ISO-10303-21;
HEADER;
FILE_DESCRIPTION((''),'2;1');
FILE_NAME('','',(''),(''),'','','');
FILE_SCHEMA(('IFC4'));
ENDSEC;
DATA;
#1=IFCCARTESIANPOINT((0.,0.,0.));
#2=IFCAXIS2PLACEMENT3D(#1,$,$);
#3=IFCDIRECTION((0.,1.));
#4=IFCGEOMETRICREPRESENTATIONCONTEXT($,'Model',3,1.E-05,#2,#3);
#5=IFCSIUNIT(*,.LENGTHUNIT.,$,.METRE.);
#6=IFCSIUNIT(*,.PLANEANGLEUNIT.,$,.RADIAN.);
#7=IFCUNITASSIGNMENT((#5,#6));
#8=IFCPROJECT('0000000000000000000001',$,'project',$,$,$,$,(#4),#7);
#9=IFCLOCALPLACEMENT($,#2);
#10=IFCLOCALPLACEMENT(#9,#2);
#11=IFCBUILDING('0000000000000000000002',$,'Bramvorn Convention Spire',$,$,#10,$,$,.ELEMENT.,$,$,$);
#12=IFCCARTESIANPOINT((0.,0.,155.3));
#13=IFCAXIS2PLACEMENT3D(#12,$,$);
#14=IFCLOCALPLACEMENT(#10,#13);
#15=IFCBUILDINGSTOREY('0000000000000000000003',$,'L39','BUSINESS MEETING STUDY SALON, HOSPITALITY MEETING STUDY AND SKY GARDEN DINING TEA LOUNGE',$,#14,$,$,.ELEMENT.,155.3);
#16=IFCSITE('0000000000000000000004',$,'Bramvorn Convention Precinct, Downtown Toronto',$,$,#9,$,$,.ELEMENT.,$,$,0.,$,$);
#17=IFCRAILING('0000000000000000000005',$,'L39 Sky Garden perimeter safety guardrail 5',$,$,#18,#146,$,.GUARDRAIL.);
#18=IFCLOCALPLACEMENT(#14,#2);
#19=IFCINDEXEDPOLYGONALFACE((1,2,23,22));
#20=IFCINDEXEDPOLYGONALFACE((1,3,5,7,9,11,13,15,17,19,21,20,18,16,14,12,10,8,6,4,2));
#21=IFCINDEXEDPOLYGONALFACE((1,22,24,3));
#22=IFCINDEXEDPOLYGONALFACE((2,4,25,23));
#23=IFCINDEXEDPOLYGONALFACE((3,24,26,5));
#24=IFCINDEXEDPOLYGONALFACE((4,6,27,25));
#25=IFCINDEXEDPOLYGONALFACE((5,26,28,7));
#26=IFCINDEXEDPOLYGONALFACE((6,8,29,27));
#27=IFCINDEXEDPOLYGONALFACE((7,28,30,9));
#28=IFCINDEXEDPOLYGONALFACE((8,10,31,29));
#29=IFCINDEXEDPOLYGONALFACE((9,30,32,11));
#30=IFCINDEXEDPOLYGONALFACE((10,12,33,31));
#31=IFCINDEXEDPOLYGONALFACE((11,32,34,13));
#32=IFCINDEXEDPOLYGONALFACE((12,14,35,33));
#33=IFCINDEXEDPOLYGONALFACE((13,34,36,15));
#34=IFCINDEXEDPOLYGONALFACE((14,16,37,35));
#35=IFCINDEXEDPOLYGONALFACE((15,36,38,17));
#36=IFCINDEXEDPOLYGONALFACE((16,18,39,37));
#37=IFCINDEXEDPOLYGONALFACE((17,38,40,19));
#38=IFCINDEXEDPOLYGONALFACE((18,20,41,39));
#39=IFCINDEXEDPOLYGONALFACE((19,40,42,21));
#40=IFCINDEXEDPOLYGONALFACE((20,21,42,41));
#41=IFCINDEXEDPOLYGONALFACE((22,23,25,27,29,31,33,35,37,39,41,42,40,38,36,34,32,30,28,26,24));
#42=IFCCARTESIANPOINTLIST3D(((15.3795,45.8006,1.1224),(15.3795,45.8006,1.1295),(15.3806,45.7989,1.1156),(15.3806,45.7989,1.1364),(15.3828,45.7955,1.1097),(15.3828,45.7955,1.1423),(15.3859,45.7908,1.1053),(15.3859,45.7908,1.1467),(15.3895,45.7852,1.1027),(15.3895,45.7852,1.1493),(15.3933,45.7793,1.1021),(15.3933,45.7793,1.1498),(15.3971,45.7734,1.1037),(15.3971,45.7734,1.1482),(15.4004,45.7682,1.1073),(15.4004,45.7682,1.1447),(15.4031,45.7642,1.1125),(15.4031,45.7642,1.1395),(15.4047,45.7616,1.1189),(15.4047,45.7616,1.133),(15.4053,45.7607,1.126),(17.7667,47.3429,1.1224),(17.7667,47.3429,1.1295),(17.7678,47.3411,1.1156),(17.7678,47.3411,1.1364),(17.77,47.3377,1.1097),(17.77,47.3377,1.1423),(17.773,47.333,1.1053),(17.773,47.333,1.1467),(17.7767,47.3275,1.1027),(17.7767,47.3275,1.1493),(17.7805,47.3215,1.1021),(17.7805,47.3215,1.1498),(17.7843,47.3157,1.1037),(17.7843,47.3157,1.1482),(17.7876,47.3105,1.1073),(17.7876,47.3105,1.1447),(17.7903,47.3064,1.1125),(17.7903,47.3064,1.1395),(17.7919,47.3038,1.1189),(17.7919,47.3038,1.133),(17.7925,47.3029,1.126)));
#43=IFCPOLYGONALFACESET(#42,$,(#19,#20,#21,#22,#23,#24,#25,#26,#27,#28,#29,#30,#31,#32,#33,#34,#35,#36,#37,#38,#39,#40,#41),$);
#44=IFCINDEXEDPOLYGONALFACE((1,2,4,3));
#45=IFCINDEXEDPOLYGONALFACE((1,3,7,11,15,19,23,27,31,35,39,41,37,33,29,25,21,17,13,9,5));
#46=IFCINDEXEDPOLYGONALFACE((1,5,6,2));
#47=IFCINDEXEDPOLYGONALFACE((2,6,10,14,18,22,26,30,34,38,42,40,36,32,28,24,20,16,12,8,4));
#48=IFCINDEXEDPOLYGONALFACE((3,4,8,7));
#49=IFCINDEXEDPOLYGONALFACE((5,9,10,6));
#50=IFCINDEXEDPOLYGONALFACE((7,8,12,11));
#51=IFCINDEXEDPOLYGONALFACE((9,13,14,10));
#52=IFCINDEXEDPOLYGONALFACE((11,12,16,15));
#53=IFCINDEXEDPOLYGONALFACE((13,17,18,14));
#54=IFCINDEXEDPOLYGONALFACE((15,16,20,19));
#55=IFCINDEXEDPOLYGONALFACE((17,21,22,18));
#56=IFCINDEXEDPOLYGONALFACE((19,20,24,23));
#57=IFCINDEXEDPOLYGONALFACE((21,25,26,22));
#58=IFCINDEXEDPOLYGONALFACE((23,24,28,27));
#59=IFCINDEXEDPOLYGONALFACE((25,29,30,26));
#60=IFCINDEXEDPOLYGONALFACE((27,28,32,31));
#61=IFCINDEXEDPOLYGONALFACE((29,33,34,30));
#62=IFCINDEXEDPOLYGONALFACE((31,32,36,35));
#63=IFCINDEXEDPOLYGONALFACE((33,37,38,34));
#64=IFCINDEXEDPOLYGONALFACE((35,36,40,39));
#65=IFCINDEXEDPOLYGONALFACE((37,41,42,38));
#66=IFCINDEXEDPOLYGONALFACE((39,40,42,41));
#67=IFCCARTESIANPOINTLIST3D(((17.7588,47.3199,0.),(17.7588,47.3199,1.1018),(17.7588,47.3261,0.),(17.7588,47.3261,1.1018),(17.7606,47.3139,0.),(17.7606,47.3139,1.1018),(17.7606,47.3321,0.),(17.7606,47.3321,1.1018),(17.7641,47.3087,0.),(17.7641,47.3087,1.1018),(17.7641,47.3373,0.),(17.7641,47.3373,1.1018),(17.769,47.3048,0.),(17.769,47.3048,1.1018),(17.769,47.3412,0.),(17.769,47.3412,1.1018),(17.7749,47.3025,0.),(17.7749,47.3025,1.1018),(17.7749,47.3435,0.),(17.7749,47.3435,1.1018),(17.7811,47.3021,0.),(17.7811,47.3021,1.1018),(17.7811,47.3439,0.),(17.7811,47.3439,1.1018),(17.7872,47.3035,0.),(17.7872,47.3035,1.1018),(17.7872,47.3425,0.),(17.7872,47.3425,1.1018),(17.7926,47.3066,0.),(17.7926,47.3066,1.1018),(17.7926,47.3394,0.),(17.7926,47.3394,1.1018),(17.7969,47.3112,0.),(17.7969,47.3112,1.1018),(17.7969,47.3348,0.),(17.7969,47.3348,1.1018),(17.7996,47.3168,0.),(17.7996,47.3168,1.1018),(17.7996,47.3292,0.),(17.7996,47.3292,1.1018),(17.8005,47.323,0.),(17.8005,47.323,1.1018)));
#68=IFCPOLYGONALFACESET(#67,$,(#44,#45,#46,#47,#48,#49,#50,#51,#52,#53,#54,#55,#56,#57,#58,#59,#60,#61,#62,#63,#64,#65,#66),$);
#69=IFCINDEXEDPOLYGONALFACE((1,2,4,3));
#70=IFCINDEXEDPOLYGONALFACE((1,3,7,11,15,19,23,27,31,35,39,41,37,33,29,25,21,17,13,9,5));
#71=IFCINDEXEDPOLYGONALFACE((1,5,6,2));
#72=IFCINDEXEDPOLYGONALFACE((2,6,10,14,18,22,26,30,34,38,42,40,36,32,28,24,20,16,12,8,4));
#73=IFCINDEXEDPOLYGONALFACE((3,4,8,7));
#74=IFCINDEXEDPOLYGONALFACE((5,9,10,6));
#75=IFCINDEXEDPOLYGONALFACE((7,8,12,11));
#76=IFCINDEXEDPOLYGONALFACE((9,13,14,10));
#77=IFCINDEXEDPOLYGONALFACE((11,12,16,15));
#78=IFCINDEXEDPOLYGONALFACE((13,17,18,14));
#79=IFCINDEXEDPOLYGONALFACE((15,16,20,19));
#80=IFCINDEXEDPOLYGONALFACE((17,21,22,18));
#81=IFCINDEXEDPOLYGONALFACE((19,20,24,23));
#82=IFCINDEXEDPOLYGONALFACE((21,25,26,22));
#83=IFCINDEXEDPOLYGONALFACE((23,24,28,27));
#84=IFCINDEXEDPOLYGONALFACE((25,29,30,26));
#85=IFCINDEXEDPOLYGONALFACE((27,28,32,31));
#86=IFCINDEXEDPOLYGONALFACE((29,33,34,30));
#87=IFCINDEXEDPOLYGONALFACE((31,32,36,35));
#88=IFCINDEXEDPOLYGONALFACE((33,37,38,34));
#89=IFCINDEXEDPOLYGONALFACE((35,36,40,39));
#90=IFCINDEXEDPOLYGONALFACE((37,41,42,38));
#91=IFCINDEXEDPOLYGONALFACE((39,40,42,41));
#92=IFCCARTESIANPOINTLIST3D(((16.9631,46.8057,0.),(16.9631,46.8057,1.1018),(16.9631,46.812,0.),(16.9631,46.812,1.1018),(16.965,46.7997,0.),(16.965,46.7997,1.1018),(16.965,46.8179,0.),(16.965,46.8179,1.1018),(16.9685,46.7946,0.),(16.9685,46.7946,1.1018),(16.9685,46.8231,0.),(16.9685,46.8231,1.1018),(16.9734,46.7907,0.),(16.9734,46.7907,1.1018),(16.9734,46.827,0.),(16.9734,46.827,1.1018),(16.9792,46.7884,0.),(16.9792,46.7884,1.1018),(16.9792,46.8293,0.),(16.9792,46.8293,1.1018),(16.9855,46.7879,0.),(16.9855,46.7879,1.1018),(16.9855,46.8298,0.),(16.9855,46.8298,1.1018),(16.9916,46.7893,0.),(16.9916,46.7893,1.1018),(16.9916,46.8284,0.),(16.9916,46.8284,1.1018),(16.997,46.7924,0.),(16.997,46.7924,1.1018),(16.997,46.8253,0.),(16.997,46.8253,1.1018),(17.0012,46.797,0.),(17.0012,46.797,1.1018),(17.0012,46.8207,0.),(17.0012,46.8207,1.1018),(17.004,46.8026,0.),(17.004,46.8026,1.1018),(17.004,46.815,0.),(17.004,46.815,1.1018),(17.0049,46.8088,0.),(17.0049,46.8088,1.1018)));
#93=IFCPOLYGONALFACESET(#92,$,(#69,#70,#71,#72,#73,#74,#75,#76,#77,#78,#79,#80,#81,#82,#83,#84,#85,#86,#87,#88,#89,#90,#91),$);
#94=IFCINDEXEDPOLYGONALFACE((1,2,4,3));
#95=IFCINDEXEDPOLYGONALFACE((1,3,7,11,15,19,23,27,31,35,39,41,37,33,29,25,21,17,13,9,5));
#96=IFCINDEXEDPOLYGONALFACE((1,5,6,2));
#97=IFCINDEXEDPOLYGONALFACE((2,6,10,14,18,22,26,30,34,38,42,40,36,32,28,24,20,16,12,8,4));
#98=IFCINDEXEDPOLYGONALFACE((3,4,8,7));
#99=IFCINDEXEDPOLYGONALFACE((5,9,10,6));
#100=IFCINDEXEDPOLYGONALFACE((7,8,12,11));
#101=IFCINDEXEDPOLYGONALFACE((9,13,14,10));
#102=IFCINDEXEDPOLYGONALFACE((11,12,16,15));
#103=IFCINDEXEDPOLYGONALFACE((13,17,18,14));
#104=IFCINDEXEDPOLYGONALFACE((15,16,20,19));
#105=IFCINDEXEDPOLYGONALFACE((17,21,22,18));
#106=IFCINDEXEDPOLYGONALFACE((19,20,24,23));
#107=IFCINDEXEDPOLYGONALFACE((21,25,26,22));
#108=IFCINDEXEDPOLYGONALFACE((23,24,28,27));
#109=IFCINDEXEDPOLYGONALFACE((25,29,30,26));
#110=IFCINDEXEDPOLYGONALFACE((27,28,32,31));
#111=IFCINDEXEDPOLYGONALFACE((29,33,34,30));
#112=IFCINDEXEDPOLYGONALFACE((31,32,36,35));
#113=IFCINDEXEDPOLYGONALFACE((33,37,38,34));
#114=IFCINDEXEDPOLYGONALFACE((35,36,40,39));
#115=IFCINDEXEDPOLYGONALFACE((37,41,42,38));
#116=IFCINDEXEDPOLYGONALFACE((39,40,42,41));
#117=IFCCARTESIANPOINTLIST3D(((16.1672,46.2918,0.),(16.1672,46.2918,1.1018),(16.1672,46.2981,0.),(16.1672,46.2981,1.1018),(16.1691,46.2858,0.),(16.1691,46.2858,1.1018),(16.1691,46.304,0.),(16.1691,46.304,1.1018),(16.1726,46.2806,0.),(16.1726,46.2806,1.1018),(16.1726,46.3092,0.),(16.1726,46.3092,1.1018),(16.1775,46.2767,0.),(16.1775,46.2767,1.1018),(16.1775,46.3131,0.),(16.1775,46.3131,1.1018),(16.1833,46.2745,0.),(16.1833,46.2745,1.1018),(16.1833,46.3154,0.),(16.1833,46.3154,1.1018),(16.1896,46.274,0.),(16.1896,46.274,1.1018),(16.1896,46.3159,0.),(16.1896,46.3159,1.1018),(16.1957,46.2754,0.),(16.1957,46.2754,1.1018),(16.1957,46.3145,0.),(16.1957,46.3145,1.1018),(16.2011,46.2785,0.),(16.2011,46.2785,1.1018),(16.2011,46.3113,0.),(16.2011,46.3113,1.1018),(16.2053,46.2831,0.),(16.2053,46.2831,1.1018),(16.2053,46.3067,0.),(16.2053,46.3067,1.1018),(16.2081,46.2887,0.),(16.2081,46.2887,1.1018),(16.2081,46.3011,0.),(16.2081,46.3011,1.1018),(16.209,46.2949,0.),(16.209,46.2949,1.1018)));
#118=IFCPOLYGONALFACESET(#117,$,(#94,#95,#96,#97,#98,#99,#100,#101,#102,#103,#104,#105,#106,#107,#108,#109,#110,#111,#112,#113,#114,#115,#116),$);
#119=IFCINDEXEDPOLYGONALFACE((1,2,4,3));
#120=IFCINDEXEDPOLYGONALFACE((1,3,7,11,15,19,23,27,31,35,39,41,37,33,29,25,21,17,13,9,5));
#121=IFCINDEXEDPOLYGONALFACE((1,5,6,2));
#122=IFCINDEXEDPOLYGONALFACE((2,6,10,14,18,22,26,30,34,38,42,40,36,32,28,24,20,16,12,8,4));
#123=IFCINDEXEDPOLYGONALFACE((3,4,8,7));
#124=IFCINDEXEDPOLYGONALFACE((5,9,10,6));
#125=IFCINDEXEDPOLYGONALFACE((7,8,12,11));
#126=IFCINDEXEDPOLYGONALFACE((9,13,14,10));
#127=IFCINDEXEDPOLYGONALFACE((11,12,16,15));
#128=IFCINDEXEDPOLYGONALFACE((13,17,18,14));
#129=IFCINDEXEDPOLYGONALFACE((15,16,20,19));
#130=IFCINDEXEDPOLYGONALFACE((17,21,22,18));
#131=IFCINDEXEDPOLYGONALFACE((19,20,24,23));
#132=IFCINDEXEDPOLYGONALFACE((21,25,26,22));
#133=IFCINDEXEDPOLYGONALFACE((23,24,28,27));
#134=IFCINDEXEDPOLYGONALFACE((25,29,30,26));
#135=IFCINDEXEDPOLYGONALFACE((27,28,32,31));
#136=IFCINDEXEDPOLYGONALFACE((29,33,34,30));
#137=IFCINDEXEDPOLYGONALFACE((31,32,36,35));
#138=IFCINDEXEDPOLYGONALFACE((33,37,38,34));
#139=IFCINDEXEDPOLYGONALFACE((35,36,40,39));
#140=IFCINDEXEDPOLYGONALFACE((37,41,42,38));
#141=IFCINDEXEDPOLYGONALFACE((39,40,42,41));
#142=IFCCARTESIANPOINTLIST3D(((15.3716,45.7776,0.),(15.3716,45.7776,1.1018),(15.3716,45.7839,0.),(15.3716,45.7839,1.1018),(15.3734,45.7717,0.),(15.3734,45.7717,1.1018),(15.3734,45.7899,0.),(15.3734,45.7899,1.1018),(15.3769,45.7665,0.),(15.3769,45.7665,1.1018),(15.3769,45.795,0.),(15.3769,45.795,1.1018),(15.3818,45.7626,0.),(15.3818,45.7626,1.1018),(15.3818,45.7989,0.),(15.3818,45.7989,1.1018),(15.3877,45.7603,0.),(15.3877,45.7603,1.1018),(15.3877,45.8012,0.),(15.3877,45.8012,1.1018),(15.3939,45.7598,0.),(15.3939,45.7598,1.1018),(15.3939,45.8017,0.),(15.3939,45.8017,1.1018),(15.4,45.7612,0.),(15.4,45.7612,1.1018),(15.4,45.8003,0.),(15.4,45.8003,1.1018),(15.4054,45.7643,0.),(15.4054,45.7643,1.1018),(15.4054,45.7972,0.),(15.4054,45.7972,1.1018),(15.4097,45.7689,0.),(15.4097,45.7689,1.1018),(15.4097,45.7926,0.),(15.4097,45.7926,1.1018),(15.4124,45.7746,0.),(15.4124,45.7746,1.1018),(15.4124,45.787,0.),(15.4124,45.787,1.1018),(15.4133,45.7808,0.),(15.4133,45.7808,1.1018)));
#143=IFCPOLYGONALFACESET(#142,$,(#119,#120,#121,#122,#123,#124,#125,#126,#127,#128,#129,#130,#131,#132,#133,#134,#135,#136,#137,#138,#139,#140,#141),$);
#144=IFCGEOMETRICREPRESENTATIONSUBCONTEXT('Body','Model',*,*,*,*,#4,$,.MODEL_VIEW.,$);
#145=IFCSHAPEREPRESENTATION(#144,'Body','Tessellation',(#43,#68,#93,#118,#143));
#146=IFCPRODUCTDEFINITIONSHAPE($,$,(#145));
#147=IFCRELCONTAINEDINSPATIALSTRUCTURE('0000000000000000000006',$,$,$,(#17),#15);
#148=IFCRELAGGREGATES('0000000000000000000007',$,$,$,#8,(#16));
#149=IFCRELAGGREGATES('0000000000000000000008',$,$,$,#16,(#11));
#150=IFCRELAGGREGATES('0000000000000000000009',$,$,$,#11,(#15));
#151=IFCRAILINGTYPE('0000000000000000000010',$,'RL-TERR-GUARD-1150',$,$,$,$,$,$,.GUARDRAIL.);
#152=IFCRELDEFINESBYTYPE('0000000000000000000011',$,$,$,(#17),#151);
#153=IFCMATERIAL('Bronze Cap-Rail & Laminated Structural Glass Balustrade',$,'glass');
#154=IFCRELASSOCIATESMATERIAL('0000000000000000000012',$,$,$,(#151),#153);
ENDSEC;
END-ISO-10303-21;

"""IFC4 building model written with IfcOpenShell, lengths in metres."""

from ifc_helpers import new_model, si_unit, direction, frame, origin, origin_2d, place, context, subcontext, project, spatial, circle, extrude, material, type_object, element, save


model = new_model("IFC4")

# Units and contexts
model_context = context("Model", 3, precision=1e-05, world=origin(), true_north=direction((0.0, 1.0)))
body_context = subcontext(model_context, "Body", "Model", "MODEL_VIEW")
ifc_project = project(units=[si_unit("LENGTHUNIT", "METRE"), si_unit("PLANEANGLEUNIT", "RADIAN")], contexts=[model_context])

# Site, building, storey
site_placement = place(None, origin())
site = spatial("IfcSite", under=ifc_project, at=site_placement, Name="Bramvorn Convention Precinct, Downtown Toronto", CompositionType="ELEMENT", RefElevation=0.0)
building_placement = place(site_placement, origin())
building = spatial("IfcBuilding", under=site, at=building_placement, Name="Bramvorn Convention Spire", CompositionType="ELEMENT")
storey_placement = place(building_placement, frame((0.0, 0.0, 155.3)))
storey = spatial("IfcBuildingStorey", under=building, at=storey_placement, Name="L39", Description="BUSINESS MEETING STUDY SALON, HOSPITALITY MEETING STUDY AND SKY GARDEN DINING TEA LOUNGE", CompositionType="ELEMENT", Elevation=155.3)

# Railing
ifc_material_1 = material(Name="Bronze Cap-Rail & Laminated Structural Glass Balustrade", Category="glass")
railing_type = type_object("IfcRailingType", Name="RL-TERR-GUARD-1150", PredefinedType="GUARDRAIL", material=ifc_material_1)
railing_1_placement = place(storey_placement, frame((17.7795, 47.323, 0.0)))
element("IfcRailing", 1, at=railing_1_placement, inside=storey, type_object=railing_type, Name="L39 Sky Garden perimeter safety guardrail 5", PredefinedType="GUARDRAIL", context=body_context, shape_type="SweptSolid", body=[
    extrude(circle(Radius=0.0239, at=origin_2d()), frame((0.0, 0.0, 1.126), z_axis=(-0.839959, -0.542649, 0.0), x_axis=(0.542649, -0.839959, 0.0)), (0.0, 0.0, 1.0), 2.842),
    extrude(circle(Radius=0.021, at=origin_2d()), origin(), (0.0, 0.0, 1.0), 1.1018),
    extrude(circle(Radius=0.021, at=origin_2d()), frame((-0.7957, -0.5142, 0.0)), (0.0, 0.0, 1.0), 1.1018),
    extrude(circle(Radius=0.021, at=origin_2d()), frame((-1.5916, -1.0281, 0.0)), (0.0, 0.0, 1.0), 1.1018),
    extrude(circle(Radius=0.021, at=origin_2d()), frame((-2.3872, -1.5422, 0.0)), (0.0, 0.0, 1.0), 1.1018),
])

save(model, "model.ifc")
